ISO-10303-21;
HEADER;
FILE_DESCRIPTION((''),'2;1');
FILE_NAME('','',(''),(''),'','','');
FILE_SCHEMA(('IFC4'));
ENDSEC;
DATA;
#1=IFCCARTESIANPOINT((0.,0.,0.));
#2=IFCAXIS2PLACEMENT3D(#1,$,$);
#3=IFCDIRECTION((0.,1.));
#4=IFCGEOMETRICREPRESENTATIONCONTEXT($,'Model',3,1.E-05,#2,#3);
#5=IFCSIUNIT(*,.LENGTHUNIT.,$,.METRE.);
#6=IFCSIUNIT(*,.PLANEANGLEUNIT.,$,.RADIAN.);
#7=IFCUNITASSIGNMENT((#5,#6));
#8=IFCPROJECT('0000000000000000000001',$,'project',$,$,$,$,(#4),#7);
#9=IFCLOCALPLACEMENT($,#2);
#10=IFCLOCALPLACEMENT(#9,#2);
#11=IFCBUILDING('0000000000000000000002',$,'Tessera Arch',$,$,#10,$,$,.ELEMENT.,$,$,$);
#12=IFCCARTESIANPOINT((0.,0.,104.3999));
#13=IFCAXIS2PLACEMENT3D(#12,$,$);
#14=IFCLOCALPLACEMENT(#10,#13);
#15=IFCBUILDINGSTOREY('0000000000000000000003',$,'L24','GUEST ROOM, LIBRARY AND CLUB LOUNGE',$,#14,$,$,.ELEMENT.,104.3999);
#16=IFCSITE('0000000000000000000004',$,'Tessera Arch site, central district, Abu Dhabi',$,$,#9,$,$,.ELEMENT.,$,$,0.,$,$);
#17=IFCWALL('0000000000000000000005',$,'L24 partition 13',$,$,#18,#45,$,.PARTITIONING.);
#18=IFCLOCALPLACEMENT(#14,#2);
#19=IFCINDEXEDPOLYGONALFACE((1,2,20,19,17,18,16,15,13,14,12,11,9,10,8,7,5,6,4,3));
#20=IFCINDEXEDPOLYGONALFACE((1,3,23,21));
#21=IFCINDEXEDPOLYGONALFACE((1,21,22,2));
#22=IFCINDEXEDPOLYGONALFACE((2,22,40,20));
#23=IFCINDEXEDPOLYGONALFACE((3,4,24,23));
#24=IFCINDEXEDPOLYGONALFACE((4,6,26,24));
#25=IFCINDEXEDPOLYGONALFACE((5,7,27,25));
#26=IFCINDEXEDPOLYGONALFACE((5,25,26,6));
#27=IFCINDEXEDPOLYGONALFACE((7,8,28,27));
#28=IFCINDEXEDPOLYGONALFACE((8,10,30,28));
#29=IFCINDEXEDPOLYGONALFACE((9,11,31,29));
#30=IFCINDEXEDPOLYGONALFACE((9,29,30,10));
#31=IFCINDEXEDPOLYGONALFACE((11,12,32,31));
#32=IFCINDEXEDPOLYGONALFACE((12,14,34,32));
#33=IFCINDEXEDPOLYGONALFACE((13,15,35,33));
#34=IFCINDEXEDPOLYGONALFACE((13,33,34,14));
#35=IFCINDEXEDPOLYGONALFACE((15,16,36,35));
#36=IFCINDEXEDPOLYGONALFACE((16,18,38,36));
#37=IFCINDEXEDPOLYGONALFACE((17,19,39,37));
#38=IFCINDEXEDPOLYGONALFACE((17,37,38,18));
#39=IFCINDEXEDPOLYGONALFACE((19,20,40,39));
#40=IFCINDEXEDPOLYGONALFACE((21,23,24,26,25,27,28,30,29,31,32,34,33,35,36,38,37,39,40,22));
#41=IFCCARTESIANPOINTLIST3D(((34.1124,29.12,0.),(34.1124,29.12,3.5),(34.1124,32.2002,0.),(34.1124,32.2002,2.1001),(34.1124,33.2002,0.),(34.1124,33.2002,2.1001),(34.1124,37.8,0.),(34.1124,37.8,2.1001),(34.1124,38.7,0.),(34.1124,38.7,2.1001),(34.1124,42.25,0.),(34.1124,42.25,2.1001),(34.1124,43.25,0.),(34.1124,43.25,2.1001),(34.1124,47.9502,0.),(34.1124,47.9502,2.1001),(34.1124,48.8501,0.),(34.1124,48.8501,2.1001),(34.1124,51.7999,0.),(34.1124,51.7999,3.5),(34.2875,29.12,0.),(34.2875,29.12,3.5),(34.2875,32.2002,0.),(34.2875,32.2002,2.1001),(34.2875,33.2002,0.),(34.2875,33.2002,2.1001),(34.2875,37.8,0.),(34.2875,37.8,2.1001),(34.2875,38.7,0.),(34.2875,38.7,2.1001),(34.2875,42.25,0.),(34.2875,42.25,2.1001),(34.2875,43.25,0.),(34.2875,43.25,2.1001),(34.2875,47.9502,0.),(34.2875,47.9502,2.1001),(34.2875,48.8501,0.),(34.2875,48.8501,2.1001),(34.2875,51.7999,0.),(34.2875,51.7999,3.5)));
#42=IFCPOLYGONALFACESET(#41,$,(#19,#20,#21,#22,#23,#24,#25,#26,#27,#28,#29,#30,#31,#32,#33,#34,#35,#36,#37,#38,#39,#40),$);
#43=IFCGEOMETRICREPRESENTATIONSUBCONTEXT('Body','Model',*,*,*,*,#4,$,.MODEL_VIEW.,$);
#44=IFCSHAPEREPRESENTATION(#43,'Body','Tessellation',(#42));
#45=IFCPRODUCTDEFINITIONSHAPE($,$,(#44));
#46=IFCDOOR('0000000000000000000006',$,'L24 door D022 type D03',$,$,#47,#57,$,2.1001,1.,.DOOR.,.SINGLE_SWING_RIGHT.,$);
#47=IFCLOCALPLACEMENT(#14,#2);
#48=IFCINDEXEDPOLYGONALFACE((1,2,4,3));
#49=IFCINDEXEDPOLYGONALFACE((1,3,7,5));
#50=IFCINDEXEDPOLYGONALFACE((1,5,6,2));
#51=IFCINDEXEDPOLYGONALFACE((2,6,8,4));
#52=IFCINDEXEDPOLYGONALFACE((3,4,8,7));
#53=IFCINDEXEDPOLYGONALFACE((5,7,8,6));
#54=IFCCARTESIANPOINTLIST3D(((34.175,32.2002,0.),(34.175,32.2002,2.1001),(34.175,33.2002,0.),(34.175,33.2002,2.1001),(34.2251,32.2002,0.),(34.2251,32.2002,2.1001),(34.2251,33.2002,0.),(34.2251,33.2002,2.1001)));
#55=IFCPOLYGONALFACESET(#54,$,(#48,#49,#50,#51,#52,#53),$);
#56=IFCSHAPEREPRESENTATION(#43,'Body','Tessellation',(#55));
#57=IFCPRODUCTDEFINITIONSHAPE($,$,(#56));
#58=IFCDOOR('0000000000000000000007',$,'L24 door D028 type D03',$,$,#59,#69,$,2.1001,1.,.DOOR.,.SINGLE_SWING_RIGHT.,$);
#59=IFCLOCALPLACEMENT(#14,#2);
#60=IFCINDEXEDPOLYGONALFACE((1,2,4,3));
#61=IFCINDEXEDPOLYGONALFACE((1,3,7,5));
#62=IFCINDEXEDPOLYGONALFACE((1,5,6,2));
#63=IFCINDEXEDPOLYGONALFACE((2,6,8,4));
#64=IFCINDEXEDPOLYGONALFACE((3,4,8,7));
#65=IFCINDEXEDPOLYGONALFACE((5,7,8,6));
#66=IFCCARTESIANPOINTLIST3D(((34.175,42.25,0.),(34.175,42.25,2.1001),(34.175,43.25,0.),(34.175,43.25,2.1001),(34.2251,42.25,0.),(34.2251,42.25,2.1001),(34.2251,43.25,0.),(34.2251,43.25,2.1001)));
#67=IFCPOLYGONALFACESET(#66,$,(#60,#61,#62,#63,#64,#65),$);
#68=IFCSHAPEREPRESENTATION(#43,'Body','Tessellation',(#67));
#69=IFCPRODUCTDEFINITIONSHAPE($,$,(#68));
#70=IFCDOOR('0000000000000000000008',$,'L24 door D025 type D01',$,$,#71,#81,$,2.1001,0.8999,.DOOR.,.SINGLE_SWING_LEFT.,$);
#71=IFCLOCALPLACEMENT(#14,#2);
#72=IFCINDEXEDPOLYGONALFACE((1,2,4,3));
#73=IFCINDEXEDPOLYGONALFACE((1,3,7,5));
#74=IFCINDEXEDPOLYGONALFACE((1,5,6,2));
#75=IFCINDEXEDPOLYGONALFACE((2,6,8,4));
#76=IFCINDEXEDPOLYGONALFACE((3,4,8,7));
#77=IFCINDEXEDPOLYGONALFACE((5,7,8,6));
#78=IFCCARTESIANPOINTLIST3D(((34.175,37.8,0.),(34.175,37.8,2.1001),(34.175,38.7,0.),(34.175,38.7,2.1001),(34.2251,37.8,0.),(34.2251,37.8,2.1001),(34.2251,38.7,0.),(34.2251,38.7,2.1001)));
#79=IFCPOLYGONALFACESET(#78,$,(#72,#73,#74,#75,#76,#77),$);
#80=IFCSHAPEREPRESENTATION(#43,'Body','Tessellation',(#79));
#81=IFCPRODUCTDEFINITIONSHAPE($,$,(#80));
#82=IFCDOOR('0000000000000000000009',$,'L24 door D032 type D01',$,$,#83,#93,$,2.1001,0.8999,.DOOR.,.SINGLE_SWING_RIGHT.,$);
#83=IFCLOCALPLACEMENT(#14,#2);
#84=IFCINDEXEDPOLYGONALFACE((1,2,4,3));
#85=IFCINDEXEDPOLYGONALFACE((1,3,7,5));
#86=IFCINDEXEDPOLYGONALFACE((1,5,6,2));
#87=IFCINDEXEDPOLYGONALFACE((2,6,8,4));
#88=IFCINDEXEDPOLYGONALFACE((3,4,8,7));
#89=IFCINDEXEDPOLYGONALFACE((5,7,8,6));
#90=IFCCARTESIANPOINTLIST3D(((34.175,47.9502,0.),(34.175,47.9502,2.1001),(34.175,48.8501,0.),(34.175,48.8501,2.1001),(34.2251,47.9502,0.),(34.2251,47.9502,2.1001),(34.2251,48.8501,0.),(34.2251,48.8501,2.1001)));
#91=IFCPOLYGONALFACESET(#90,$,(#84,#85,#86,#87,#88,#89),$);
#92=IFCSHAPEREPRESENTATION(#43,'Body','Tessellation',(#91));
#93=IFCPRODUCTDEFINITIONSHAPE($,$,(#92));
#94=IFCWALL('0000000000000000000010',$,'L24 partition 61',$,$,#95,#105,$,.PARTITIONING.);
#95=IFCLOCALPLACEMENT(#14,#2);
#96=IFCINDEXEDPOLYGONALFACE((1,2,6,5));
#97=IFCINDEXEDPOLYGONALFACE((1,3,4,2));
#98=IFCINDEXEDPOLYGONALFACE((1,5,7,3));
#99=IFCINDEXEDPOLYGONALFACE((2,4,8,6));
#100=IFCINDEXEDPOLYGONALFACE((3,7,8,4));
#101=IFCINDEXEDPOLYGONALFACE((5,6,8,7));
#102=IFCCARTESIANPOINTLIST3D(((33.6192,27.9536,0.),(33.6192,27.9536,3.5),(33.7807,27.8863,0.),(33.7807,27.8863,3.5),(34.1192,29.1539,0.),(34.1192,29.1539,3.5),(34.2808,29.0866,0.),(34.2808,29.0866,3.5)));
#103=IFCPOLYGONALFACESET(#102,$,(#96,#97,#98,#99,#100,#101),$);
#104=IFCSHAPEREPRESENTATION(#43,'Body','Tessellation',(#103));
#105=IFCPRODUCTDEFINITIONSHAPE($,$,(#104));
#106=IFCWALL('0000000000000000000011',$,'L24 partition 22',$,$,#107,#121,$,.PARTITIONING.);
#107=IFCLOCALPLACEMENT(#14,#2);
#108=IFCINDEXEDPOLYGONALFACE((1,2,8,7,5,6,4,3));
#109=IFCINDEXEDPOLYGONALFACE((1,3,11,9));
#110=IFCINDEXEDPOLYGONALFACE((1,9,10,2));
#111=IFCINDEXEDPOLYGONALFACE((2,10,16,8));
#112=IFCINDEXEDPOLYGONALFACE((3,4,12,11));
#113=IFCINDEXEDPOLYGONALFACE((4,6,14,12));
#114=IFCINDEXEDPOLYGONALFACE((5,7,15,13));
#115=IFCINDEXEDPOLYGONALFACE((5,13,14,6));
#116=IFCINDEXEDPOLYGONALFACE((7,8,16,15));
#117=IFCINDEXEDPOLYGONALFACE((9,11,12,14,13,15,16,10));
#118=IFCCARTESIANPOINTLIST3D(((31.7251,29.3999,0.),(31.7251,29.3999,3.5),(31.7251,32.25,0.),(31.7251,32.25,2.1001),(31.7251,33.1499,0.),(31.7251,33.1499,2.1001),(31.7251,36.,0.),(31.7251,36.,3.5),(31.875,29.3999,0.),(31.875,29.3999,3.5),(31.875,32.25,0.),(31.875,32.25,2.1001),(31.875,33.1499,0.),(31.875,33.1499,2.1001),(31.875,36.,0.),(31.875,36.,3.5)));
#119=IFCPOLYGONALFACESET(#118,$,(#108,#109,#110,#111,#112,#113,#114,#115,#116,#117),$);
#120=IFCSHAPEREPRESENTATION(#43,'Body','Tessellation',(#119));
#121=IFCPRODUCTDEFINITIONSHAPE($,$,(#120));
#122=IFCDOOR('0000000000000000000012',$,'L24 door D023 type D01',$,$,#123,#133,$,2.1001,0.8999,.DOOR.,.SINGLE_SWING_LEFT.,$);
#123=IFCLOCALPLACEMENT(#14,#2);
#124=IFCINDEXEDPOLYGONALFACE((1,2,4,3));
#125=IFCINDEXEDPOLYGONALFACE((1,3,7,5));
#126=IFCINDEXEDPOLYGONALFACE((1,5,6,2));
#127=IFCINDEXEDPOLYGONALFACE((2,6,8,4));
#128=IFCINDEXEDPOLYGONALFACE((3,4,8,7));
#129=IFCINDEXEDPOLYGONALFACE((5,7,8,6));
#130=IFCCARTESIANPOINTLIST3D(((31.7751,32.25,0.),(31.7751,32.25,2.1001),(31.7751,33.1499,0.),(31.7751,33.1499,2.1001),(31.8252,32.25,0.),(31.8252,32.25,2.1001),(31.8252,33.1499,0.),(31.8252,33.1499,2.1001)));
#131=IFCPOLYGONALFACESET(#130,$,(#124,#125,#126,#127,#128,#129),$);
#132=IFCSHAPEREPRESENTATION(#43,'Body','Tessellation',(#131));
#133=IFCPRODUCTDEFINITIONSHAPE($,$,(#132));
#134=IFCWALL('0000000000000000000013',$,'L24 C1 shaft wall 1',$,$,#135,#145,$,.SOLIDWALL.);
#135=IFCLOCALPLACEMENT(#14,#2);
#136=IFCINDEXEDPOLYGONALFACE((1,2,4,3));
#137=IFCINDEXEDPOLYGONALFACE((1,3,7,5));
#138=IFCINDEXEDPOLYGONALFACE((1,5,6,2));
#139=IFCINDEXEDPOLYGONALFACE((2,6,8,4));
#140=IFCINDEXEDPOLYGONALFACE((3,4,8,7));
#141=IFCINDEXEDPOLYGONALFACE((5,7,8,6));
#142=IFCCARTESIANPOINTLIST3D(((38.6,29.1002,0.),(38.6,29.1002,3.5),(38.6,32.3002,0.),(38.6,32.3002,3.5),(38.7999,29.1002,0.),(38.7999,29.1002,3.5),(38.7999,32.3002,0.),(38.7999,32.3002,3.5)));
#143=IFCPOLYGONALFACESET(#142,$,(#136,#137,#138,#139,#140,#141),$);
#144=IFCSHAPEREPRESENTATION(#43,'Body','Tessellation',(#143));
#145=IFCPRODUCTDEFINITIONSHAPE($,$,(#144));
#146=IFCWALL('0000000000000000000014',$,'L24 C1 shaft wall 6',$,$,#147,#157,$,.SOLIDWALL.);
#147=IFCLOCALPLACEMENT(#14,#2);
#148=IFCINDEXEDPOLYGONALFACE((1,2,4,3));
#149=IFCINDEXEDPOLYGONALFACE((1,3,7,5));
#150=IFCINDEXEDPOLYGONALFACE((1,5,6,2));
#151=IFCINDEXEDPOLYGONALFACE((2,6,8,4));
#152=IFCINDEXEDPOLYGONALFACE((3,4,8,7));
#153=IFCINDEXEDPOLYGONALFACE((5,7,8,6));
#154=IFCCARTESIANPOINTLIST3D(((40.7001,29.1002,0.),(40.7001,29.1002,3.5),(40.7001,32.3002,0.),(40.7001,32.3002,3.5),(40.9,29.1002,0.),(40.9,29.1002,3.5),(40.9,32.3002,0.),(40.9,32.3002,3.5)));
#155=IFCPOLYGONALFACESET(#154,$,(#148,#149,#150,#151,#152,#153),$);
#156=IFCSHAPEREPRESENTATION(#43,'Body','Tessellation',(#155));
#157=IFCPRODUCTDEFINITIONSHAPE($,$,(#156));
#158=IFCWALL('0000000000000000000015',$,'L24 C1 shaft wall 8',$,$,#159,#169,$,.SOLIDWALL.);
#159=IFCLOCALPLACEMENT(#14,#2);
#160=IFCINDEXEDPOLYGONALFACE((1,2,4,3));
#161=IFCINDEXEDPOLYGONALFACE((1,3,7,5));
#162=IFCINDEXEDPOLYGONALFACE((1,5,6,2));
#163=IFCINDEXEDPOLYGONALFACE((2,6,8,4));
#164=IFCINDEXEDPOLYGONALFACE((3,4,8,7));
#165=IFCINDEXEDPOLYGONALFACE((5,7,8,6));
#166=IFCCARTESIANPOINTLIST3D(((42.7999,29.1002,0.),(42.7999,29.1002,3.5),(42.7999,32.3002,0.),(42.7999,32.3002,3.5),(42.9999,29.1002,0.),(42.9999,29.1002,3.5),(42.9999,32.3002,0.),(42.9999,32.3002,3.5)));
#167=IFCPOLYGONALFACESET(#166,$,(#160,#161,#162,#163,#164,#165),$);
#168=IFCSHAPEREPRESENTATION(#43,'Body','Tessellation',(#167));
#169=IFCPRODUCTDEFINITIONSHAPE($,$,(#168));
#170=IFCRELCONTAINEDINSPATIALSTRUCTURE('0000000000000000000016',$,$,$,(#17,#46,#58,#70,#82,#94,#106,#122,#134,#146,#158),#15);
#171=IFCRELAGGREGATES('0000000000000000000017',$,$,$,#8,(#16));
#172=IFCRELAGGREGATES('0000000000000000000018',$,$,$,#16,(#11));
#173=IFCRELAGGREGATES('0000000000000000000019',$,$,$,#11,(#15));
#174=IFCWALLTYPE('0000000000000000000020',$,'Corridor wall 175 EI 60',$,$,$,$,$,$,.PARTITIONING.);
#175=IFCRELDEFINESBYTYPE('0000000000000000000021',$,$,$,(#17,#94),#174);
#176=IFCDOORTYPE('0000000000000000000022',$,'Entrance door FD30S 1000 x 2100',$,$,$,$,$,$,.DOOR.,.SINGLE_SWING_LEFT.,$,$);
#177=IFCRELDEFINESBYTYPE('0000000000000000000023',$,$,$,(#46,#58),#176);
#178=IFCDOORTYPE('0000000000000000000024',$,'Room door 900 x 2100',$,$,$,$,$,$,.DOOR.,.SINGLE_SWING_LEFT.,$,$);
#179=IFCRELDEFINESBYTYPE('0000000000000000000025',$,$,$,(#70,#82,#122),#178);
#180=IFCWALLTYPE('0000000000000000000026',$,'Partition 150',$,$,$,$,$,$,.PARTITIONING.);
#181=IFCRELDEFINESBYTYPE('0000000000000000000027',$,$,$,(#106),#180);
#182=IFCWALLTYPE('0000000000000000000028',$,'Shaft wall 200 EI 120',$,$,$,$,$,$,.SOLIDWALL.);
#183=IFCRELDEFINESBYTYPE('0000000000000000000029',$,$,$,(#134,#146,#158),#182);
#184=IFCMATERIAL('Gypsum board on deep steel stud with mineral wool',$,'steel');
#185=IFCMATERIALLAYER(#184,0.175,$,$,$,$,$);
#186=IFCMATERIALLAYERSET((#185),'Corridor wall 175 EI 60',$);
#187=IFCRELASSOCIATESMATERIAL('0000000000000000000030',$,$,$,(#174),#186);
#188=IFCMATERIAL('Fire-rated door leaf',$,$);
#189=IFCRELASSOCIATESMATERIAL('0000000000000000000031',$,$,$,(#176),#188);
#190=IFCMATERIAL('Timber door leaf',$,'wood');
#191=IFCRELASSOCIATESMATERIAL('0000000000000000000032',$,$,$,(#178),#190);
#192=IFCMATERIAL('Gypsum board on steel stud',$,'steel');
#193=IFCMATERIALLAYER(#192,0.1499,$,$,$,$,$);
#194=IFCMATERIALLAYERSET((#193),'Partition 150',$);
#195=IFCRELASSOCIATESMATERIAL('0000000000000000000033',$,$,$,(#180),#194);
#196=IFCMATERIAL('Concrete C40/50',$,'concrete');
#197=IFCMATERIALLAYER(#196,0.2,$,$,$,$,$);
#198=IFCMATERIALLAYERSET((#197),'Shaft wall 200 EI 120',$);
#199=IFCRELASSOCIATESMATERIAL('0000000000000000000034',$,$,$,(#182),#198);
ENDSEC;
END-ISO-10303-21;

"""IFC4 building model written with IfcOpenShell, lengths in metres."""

from ifc_helpers import new_model, si_unit, direction, frame, frame_2d, origin, place, context, subcontext, project, spatial, rectangle, extrude, material, layer, layer_set, type_object, element, fill, save


model = new_model("IFC4")

# Units and contexts
model_context = context("Model", 3, precision=1e-05, world=origin(), true_north=direction((0.0, 1.0)))
body_context = subcontext(model_context, "Body", "Model", "MODEL_VIEW")
ifc_project = project(units=[si_unit("LENGTHUNIT", "METRE"), si_unit("PLANEANGLEUNIT", "RADIAN")], contexts=[model_context])

# Site, building, storey
site_placement = place(None, origin())
site = spatial("IfcSite", under=ifc_project, at=site_placement, Name="Tessera Arch site, central district, Abu Dhabi", CompositionType="ELEMENT", RefElevation=0.0)
building_placement = place(site_placement, origin())
building = spatial("IfcBuilding", under=site, at=building_placement, Name="Tessera Arch", CompositionType="ELEMENT")
storey_placement = place(building_placement, frame((0.0, 0.0, 104.3999)))
storey = spatial("IfcBuildingStorey", under=building, at=storey_placement, Name="L24", Description="GUEST ROOM, LIBRARY AND CLUB LOUNGE", CompositionType="ELEMENT", Elevation=104.3999)

# Wall, openings, doors
ifc_material_1 = material(Name="Gypsum board on deep steel stud with mineral wool", Category="steel")
ifc_layer_1 = layer(ifc_material_1, 0.175)
ifc_layer_set_1 = layer_set([ifc_layer_1], Name="Corridor wall 175 EI 60")
wall_type_1 = type_object("IfcWallType", Name="Corridor wall 175 EI 60", PredefinedType="PARTITIONING", material=ifc_layer_set_1)
wall_1_placement = place(storey_placement, frame((34.2, 29.1201, 0.0), z_axis=(0.0, 0.0, 1.0), x_axis=(0.0, 1.0, 0.0)))
wall_1 = element("IfcWall", 1, at=wall_1_placement, inside=storey, type_object=wall_type_1, Name="L24 partition 13", PredefinedType="PARTITIONING", context=body_context, shape_type="SweptSolid", body=[
    extrude(rectangle(XDim=22.6799, YDim=0.175, at=frame_2d((11.3398, 0.0))), origin(), (0.0, 0.0, 1.0), 3.5),
])
opening_1_placement = place(wall_1_placement, frame((3.0801, 0.0, 0.0)))
opening_1 = element("IfcOpeningElement", 2, at=opening_1_placement, cuts=wall_1, PredefinedType="OPENING", context=body_context, shape_type="SweptSolid", body=[
    extrude(rectangle(XDim=1.0, YDim=2.1001, at=frame_2d((0.5, 1.05))), frame((0.0, 0.0974, 0.0), z_axis=(0.0, -1.0, 0.0), x_axis=(1.0, 0.0, 0.0)), (0.0, 0.0, 1.0), 0.1951),
])
opening_2_placement = place(wall_1_placement, frame((8.6799, 0.0, 0.0)))
opening_2 = element("IfcOpeningElement", 3, at=opening_2_placement, cuts=wall_1, PredefinedType="OPENING", context=body_context, shape_type="SweptSolid", body=[
    extrude(rectangle(XDim=0.8999, YDim=2.1001, at=frame_2d((0.45, 1.05))), frame((0.0, 0.0974, 0.0), z_axis=(0.0, -1.0, 0.0), x_axis=(1.0, 0.0, 0.0)), (0.0, 0.0, 1.0), 0.1951),
])
opening_3_placement = place(wall_1_placement, frame((13.1299, 0.0, 0.0)))
opening_3 = element("IfcOpeningElement", 4, at=opening_3_placement, cuts=wall_1, PredefinedType="OPENING", context=body_context, shape_type="SweptSolid", body=[
    extrude(rectangle(XDim=1.0, YDim=2.1001, at=frame_2d((0.5, 1.05))), frame((0.0, 0.0974, 0.0), z_axis=(0.0, -1.0, 0.0), x_axis=(1.0, 0.0, 0.0)), (0.0, 0.0, 1.0), 0.1951),
])
opening_4_placement = place(wall_1_placement, frame((18.8301, 0.0, 0.0)))
opening_4 = element("IfcOpeningElement", 5, at=opening_4_placement, cuts=wall_1, PredefinedType="OPENING", context=body_context, shape_type="SweptSolid", body=[
    extrude(rectangle(XDim=0.8999, YDim=2.1001, at=frame_2d((0.45, 1.05))), frame((0.0, 0.0974, 0.0), z_axis=(0.0, -1.0, 0.0), x_axis=(1.0, 0.0, 0.0)), (0.0, 0.0, 1.0), 0.1951),
])
ifc_material_2 = material(Name="Fire-rated door leaf")
door_type_1 = type_object("IfcDoorType", Name="Entrance door FD30S 1000 x 2100", OperationType="SINGLE_SWING_LEFT", PredefinedType="DOOR", material=ifc_material_2)
door_1_placement = place(opening_1_placement, origin())
door_1 = element("IfcDoor", 6, at=door_1_placement, inside=storey, type_object=door_type_1, Name="L24 door D022 type D03", OperationType="SINGLE_SWING_RIGHT", OverallHeight=2.1001, OverallWidth=1.0, PredefinedType="DOOR", context=body_context, shape_type="SweptSolid", body=[
    extrude(rectangle(XDim=1.0, YDim=2.1001, at=frame_2d((0.5, 1.05))), frame((0.0, 0.0249, 0.0), z_axis=(0.0, -1.0, 0.0), x_axis=(1.0, 0.0, 0.0)), (0.0, 0.0, 1.0), 0.05),
])
fill(opening_1, door_1)
door_2_placement = place(opening_3_placement, origin())
door_2 = element("IfcDoor", 7, at=door_2_placement, inside=storey, type_object=door_type_1, Name="L24 door D028 type D03", OperationType="SINGLE_SWING_RIGHT", OverallHeight=2.1001, OverallWidth=1.0, PredefinedType="DOOR", context=body_context, shape_type="SweptSolid", body=[
    extrude(rectangle(XDim=1.0, YDim=2.1001, at=frame_2d((0.5, 1.05))), frame((0.0, 0.0249, 0.0), z_axis=(0.0, -1.0, 0.0), x_axis=(1.0, 0.0, 0.0)), (0.0, 0.0, 1.0), 0.05),
])
fill(opening_3, door_2)
ifc_material_3 = material(Name="Timber door leaf", Category="wood")
door_type_2 = type_object("IfcDoorType", Name="Room door 900 x 2100", OperationType="SINGLE_SWING_LEFT", PredefinedType="DOOR", material=ifc_material_3)
door_3_placement = place(opening_2_placement, origin())
door_3 = element("IfcDoor", 8, at=door_3_placement, inside=storey, type_object=door_type_2, Name="L24 door D025 type D01", OperationType="SINGLE_SWING_LEFT", OverallHeight=2.1001, OverallWidth=0.8999, PredefinedType="DOOR", context=body_context, shape_type="SweptSolid", body=[
    extrude(rectangle(XDim=0.8999, YDim=2.1001, at=frame_2d((0.45, 1.05))), frame((0.0, 0.0249, 0.0), z_axis=(0.0, -1.0, 0.0), x_axis=(1.0, 0.0, 0.0)), (0.0, 0.0, 1.0), 0.05),
])
fill(opening_2, door_3)
door_4_placement = place(opening_4_placement, origin())
door_4 = element("IfcDoor", 9, at=door_4_placement, inside=storey, type_object=door_type_2, Name="L24 door D032 type D01", OperationType="SINGLE_SWING_RIGHT", OverallHeight=2.1001, OverallWidth=0.8999, PredefinedType="DOOR", context=body_context, shape_type="SweptSolid", body=[
    extrude(rectangle(XDim=0.8999, YDim=2.1001, at=frame_2d((0.45, 1.05))), frame((0.0, 0.0249, 0.0), z_axis=(0.0, -1.0, 0.0), x_axis=(1.0, 0.0, 0.0)), (0.0, 0.0, 1.0), 0.05),
])
fill(opening_4, door_4)

# Wall
wall_2_placement = place(storey_placement, frame((33.7, 27.9199, 0.0), z_axis=(0.0, 0.0, 1.0), x_axis=(0.384562, 0.923099, 0.0)))
element("IfcWall", 10, at=wall_2_placement, inside=storey, type_object=wall_type_1, Name="L24 partition 61", PredefinedType="PARTITIONING", context=body_context, shape_type="SweptSolid", body=[
    extrude(rectangle(XDim=1.3003, YDim=0.175, at=frame_2d((0.6501, 0.0))), origin(), (0.0, 0.0, 1.0), 3.5),
])

# Wall, opening, door
ifc_material_4 = material(Name="Gypsum board on steel stud", Category="steel")
ifc_layer_2 = layer(ifc_material_4, 0.1499)
ifc_layer_set_2 = layer_set([ifc_layer_2], Name="Partition 150")
wall_type_2 = type_object("IfcWallType", Name="Partition 150", PredefinedType="PARTITIONING", material=ifc_layer_set_2)
wall_3_placement = place(storey_placement, frame((31.8, 29.3999, 0.0), z_axis=(0.0, 0.0, 1.0), x_axis=(0.0, 1.0, 0.0)))
wall_3 = element("IfcWall", 11, at=wall_3_placement, inside=storey, type_object=wall_type_2, Name="L24 partition 22", PredefinedType="PARTITIONING", context=body_context, shape_type="SweptSolid", body=[
    extrude(rectangle(XDim=6.6001, YDim=0.1499, at=frame_2d((3.3, 0.0))), origin(), (0.0, 0.0, 1.0), 3.5),
])
opening_5_placement = place(wall_3_placement, frame((2.8501, 0.0, 0.0)))
opening_5 = element("IfcOpeningElement", 12, at=opening_5_placement, cuts=wall_3, PredefinedType="OPENING", context=body_context, shape_type="SweptSolid", body=[
    extrude(rectangle(XDim=0.8999, YDim=2.1001, at=frame_2d((0.45, 1.05))), frame((0.0, 0.085, 0.0), z_axis=(0.0, -1.0, 0.0), x_axis=(1.0, 0.0, 0.0)), (0.0, 0.0, 1.0), 0.1699),
])
door_5_placement = place(opening_5_placement, origin())
door_5 = element("IfcDoor", 13, at=door_5_placement, inside=storey, type_object=door_type_2, Name="L24 door D023 type D01", OperationType="SINGLE_SWING_LEFT", OverallHeight=2.1001, OverallWidth=0.8999, PredefinedType="DOOR", context=body_context, shape_type="SweptSolid", body=[
    extrude(rectangle(XDim=0.8999, YDim=2.1001, at=frame_2d((0.45, 1.05))), frame((0.0, 0.0249, 0.0), z_axis=(0.0, -1.0, 0.0), x_axis=(1.0, 0.0, 0.0)), (0.0, 0.0, 1.0), 0.05),
])
fill(opening_5, door_5)

# Walls
ifc_material_5 = material(Name="Concrete C40/50", Category="concrete")
ifc_layer_3 = layer(ifc_material_5, 0.2)
ifc_layer_set_3 = layer_set([ifc_layer_3], Name="Shaft wall 200 EI 120")
wall_type_3 = type_object("IfcWallType", Name="Shaft wall 200 EI 120", PredefinedType="SOLIDWALL", material=ifc_layer_set_3)
for number, where, z_axis, x_axis, name in (
    (14, (38.7, 29.1001, 0.0), (0.0, 0.0, 1.0), (0.0, 1.0, 0.0), "L24 C1 shaft wall 1"),
    (15, (40.8, 29.1001, 0.0), (0.0, 0.0, 1.0), (0.0, 1.0, 0.0), "L24 C1 shaft wall 6"),
    (16, (42.8999, 29.1001, 0.0), (0.0, 0.0, 1.0), (0.0, 1.0, 0.0), "L24 C1 shaft wall 8"),
):
    element("IfcWall", number, at=place(storey_placement, frame(where, z_axis=z_axis, x_axis=x_axis)), inside=storey, type_object=wall_type_3, Name=name, PredefinedType="SOLIDWALL", context=body_context, shape_type="SweptSolid", body=[
        extrude(rectangle(XDim=3.2, YDim=0.2, at=frame_2d((1.6001, 0.0))), origin(), (0.0, 0.0, 1.0), 3.5),
    ])

save(model, "model.ifc")
